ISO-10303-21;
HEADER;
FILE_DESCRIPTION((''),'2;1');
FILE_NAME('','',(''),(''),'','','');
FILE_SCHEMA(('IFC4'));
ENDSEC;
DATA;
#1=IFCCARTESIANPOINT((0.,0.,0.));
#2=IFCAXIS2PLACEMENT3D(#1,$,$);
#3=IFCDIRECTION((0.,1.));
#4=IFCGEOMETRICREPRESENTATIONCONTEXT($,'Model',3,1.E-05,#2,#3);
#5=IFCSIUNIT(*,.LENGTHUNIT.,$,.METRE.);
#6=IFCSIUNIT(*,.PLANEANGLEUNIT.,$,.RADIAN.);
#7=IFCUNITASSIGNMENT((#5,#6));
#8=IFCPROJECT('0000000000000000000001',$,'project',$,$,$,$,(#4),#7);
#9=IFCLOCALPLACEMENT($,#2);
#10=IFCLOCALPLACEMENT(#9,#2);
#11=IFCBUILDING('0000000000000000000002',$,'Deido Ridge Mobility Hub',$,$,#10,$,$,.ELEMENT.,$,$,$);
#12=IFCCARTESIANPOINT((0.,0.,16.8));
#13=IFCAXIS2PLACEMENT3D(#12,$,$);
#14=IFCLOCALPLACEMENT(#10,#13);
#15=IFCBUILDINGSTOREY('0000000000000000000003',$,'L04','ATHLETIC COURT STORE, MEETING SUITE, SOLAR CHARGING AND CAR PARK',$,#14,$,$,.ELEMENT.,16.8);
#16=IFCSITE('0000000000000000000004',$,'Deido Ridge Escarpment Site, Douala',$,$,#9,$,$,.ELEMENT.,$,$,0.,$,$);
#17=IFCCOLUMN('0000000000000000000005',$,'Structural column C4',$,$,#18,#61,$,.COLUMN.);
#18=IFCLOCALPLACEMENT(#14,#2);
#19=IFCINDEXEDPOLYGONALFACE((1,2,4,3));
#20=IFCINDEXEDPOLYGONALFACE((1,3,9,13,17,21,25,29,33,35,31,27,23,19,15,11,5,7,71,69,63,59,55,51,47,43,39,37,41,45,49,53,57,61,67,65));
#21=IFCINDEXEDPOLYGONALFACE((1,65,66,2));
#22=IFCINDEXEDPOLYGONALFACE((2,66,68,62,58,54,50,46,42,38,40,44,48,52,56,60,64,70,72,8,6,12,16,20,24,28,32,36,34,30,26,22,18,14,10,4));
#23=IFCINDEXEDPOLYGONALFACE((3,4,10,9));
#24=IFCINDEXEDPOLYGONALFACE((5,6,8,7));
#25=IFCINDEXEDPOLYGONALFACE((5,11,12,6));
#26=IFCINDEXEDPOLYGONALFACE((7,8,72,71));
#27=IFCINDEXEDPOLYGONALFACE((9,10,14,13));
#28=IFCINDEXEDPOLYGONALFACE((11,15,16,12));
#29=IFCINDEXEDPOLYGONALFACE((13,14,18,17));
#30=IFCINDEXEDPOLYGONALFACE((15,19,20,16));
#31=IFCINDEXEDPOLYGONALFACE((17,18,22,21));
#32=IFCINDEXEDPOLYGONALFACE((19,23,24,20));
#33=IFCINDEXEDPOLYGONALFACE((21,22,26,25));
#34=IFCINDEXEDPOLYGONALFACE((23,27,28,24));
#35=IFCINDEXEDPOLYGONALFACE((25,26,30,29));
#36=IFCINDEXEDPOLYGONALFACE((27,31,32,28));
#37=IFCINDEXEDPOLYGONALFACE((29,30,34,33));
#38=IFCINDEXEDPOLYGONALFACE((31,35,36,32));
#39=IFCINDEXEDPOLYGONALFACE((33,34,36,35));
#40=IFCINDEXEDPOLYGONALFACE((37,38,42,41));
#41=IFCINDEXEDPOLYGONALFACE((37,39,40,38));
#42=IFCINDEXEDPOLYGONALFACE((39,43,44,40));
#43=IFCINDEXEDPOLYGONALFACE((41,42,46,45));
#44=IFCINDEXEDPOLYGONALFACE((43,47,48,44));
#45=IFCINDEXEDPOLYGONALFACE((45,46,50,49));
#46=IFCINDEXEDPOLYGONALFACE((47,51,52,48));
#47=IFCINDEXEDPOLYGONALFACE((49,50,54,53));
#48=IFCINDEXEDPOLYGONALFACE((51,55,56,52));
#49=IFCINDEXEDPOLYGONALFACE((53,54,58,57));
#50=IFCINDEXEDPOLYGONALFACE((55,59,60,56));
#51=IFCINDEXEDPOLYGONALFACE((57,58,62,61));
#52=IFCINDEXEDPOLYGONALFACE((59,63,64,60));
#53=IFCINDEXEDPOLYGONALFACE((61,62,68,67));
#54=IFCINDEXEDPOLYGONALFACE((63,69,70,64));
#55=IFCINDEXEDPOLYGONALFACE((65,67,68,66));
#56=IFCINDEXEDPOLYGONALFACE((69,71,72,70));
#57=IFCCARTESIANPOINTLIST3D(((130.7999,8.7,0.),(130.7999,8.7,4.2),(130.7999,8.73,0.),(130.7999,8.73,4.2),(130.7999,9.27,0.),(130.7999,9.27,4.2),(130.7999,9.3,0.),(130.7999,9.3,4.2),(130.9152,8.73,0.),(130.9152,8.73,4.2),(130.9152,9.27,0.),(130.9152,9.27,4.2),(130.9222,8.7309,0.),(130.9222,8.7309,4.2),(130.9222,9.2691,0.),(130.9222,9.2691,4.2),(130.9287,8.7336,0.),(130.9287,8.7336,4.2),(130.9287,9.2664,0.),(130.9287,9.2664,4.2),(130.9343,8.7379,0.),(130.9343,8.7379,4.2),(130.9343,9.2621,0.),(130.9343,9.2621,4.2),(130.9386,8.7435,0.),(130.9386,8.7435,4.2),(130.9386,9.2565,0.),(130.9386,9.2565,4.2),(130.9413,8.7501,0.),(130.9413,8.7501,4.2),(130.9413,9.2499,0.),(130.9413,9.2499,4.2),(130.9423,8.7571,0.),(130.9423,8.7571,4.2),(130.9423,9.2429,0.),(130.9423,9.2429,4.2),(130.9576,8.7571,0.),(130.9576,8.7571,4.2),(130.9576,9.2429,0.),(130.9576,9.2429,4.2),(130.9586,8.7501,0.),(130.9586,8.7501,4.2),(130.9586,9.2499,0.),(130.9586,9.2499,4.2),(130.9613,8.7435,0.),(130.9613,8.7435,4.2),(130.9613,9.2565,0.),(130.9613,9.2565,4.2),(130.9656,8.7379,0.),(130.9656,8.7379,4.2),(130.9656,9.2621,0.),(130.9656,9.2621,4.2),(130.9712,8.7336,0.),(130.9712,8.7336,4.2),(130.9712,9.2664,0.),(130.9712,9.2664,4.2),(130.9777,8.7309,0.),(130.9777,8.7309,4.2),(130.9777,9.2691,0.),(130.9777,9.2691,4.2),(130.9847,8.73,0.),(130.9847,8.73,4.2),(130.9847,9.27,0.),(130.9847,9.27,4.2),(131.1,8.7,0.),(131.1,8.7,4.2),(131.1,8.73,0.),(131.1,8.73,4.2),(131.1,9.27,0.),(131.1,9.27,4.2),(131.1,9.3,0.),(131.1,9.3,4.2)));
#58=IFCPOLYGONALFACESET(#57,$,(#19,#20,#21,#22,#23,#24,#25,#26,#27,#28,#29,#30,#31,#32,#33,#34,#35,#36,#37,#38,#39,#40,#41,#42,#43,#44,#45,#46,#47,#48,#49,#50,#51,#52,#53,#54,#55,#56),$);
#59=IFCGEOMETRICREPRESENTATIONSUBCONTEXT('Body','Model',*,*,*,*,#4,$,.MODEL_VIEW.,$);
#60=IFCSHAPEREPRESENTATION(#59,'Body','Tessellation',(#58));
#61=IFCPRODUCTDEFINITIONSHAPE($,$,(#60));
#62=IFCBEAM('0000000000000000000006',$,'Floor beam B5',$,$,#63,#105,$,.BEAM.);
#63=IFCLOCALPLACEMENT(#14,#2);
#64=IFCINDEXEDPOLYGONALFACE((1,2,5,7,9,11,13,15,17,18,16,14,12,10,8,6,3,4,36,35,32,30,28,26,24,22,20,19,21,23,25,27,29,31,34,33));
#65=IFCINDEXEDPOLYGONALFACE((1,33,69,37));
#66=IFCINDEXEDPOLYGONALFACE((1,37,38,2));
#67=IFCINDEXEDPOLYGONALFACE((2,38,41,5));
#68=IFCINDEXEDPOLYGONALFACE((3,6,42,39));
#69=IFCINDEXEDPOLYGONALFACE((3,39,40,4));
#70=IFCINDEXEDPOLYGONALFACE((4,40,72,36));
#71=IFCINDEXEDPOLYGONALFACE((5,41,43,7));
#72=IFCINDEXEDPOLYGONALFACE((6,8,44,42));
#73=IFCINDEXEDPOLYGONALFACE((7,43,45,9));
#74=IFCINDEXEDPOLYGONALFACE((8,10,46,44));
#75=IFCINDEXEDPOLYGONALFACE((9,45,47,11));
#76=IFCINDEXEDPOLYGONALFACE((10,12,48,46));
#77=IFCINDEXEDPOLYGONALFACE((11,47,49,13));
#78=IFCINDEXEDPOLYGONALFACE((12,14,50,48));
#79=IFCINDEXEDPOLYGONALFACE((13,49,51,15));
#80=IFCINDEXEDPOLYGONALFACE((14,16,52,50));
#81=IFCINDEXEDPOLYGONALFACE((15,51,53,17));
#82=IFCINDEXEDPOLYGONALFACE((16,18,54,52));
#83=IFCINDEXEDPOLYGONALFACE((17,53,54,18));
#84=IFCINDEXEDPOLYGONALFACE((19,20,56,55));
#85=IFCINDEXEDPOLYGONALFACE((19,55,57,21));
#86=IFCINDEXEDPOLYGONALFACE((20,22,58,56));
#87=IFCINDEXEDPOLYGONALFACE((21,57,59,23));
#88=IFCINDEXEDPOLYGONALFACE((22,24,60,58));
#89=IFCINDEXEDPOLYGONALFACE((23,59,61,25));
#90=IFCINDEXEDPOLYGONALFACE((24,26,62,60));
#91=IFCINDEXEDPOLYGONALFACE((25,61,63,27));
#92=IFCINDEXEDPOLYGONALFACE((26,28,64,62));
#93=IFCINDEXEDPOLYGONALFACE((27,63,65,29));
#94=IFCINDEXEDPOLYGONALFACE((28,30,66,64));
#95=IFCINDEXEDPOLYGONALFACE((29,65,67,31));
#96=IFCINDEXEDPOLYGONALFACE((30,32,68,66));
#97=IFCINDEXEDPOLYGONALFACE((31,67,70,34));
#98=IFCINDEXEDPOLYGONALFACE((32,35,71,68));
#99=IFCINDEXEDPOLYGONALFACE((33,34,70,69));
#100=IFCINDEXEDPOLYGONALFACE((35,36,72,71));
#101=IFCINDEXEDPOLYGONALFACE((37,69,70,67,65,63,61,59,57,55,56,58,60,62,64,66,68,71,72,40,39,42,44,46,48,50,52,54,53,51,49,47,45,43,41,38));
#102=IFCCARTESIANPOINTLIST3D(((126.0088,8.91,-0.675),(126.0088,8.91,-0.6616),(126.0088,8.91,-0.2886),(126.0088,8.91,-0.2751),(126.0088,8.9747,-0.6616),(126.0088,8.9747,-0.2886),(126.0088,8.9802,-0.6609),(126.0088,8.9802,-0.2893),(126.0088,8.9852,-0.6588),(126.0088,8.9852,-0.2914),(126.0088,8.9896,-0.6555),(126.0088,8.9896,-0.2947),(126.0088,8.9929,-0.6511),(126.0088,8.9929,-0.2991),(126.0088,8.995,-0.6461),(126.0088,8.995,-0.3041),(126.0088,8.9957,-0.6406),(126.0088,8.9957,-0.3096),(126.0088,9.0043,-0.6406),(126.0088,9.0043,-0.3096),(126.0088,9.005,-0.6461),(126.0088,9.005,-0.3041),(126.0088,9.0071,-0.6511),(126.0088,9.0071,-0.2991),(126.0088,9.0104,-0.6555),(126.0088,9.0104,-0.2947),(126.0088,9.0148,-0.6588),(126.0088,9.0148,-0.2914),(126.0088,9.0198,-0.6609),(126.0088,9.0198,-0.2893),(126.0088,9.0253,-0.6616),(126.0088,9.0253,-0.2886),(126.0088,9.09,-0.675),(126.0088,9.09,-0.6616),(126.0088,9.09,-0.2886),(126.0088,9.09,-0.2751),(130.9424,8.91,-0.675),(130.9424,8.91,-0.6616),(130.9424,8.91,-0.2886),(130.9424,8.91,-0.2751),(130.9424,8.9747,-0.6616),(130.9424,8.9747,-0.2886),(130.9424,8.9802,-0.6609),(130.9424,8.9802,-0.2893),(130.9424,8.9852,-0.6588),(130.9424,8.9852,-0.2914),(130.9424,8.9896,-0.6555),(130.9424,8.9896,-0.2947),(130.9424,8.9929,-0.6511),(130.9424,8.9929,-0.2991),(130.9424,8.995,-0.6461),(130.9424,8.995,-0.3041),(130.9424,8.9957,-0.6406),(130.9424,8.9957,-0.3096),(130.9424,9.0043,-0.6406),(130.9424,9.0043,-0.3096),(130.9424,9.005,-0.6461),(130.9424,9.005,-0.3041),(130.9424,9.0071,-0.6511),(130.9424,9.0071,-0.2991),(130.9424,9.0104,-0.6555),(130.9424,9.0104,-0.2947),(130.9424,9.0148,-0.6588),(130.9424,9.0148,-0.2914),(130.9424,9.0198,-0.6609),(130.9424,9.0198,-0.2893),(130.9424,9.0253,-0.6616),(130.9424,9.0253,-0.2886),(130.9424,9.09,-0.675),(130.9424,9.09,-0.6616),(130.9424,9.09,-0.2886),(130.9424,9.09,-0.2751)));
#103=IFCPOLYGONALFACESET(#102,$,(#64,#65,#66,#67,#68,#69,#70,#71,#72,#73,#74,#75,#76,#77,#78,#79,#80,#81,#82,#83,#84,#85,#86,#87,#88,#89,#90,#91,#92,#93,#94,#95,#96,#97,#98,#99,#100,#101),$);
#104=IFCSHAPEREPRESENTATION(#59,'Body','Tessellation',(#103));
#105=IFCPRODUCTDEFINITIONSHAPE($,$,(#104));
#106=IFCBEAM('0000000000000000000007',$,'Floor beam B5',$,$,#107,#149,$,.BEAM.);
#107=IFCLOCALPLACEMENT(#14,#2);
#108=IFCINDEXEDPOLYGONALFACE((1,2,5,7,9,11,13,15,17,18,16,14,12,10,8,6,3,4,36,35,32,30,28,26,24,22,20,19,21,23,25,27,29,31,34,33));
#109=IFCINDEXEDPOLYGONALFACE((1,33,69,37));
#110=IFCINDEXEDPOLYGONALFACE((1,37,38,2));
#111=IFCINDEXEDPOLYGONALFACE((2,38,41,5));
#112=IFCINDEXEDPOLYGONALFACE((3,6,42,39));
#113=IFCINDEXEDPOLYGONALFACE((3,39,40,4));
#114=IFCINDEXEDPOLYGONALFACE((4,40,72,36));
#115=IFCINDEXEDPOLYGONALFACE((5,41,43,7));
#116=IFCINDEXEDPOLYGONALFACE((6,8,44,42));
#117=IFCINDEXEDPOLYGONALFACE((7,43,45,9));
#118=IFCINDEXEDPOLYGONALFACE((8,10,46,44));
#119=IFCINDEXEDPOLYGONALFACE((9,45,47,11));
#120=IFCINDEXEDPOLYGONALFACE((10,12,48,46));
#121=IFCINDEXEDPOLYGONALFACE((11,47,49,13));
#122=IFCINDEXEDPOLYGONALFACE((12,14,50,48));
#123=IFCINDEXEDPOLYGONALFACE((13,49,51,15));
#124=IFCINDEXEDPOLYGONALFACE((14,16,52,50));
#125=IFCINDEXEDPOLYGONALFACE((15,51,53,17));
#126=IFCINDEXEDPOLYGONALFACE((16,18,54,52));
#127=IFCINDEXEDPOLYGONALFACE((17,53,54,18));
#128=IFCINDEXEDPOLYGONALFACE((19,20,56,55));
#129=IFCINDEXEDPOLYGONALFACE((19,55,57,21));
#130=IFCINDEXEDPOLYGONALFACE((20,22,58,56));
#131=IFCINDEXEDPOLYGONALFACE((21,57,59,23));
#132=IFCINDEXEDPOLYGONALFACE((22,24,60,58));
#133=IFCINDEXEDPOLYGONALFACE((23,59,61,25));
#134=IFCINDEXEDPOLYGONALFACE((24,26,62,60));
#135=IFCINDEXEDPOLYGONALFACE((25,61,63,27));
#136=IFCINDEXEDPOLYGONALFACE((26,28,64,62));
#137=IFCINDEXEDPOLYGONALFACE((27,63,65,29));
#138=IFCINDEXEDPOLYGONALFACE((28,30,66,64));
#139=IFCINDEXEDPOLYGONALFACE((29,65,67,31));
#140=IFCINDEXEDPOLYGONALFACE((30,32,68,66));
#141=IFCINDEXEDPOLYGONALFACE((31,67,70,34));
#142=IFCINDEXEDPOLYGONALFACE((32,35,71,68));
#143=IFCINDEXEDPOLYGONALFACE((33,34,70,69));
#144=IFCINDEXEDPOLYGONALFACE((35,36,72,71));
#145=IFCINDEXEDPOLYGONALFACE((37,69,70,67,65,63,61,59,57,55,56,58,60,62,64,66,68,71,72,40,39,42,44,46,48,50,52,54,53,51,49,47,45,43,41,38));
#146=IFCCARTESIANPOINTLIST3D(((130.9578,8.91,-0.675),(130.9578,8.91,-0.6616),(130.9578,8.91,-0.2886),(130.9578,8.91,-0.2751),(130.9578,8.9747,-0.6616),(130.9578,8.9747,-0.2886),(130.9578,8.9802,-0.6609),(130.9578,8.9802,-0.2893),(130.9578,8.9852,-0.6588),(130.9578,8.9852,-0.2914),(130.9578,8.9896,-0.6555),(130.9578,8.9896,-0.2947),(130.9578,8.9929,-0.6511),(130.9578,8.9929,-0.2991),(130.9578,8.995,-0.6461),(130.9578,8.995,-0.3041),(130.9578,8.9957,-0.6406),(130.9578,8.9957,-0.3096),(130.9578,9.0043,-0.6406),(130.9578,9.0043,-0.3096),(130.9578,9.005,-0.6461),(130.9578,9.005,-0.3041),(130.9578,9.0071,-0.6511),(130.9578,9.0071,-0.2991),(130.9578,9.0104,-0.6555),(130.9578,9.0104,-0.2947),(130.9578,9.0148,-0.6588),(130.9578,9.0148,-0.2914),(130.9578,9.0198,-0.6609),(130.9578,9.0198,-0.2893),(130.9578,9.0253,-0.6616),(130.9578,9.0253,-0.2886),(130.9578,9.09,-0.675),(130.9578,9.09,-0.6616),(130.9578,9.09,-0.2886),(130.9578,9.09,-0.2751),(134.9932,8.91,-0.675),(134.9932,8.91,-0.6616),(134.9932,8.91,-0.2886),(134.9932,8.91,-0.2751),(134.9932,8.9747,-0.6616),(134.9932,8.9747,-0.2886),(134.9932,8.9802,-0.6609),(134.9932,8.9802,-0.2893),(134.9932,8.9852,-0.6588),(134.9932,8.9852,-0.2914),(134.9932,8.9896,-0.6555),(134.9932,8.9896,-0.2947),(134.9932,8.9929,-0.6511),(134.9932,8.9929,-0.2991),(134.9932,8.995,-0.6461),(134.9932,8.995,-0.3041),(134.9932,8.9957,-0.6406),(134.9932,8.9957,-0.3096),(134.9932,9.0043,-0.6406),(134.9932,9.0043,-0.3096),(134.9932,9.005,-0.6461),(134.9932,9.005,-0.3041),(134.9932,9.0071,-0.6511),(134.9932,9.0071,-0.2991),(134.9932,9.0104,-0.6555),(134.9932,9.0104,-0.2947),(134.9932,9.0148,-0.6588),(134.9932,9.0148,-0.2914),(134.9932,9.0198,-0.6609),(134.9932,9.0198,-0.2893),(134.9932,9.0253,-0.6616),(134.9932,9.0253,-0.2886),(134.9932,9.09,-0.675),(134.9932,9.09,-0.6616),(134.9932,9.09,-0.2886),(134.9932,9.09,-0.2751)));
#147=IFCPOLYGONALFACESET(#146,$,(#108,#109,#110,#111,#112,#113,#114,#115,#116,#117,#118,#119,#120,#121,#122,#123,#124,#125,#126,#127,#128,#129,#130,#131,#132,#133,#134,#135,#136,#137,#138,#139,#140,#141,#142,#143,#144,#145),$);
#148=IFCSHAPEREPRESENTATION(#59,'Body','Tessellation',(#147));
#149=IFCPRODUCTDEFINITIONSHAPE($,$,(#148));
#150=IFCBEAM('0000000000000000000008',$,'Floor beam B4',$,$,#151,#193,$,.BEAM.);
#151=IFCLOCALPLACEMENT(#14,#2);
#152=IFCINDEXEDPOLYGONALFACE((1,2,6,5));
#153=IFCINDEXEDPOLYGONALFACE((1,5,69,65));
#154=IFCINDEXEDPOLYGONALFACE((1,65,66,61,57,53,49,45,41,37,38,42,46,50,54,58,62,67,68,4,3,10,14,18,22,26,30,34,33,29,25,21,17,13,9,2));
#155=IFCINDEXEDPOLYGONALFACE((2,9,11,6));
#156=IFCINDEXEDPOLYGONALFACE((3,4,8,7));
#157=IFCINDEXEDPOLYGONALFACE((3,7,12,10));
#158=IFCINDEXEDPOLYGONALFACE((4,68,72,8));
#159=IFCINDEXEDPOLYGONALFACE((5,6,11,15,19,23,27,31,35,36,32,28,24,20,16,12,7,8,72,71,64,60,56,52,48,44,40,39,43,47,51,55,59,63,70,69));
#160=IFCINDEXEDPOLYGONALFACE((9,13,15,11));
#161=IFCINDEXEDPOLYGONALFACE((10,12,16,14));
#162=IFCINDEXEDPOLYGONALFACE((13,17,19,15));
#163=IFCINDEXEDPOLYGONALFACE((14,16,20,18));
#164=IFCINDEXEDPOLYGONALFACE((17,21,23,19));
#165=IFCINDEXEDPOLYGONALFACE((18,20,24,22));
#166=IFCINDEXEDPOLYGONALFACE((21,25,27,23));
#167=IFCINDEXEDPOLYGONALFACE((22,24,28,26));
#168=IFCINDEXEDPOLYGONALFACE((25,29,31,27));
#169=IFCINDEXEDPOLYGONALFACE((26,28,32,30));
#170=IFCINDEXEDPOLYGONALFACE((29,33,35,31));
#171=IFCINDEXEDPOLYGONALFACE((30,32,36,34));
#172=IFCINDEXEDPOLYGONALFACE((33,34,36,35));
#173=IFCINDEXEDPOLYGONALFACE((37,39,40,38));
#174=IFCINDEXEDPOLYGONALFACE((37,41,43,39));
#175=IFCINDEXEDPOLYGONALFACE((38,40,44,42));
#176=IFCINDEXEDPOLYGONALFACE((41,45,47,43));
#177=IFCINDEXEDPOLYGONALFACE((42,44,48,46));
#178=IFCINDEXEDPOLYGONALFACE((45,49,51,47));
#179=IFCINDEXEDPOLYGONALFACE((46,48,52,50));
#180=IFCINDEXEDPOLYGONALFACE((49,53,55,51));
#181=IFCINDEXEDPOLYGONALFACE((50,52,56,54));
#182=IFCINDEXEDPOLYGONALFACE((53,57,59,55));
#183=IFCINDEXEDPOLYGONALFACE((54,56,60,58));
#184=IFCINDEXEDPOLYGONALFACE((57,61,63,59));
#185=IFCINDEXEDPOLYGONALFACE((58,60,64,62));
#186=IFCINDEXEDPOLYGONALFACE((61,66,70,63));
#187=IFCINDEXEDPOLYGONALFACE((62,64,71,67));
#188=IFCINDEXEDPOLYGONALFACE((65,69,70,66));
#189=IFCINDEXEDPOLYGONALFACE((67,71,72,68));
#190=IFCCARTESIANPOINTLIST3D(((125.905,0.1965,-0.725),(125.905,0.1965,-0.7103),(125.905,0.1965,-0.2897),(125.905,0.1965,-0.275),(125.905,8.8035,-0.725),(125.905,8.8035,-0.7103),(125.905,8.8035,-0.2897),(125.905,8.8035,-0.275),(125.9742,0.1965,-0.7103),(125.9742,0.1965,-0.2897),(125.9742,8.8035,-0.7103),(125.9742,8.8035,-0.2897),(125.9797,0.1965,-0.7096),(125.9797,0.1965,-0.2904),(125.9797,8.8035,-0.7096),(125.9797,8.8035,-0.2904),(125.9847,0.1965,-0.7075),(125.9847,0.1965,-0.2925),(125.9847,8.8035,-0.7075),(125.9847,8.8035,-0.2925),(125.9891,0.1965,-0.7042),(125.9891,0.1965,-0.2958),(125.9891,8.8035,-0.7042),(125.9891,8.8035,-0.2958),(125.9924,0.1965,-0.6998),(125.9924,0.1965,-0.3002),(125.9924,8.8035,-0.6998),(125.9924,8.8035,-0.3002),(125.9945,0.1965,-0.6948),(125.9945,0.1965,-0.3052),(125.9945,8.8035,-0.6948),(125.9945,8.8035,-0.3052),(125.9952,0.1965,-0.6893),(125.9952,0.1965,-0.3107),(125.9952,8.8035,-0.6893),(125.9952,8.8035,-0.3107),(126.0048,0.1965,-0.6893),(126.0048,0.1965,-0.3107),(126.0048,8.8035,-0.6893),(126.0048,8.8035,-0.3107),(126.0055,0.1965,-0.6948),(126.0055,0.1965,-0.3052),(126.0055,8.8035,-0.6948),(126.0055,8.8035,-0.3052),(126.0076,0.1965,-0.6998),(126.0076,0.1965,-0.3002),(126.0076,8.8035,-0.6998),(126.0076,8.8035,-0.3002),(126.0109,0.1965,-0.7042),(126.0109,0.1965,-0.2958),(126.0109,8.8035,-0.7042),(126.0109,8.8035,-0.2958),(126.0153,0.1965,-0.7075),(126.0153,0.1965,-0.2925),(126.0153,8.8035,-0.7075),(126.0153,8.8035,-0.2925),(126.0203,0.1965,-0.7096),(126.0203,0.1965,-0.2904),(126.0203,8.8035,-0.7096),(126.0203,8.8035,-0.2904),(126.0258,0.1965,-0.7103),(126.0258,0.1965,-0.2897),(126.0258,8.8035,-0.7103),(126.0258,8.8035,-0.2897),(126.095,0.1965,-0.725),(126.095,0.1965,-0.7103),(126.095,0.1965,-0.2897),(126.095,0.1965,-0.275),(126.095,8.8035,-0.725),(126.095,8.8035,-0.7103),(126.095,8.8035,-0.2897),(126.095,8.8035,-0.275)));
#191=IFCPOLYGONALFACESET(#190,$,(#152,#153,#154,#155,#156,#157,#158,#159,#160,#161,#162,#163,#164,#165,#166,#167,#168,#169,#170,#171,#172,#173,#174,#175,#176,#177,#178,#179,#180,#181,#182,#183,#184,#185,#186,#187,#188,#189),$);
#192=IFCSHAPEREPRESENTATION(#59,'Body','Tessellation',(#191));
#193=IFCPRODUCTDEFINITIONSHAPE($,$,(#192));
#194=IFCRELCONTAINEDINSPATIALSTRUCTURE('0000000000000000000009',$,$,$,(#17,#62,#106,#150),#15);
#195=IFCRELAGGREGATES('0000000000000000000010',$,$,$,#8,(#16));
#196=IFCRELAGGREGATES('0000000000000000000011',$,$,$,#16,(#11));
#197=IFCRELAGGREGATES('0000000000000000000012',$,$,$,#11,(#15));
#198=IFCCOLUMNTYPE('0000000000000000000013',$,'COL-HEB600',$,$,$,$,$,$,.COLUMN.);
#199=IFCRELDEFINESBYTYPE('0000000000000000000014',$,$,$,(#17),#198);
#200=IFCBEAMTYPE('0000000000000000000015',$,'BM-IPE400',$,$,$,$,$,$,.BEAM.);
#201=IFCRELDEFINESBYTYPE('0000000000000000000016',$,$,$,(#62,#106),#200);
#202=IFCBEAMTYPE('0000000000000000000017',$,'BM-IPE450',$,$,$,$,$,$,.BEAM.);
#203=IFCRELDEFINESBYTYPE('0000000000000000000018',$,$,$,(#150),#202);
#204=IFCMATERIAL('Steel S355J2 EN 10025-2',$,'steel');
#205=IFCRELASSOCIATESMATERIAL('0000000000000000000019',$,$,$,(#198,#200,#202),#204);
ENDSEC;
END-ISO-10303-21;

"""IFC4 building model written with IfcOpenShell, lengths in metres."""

from ifc_helpers import new_model, si_unit, direction, frame, origin, origin_2d, place, context, subcontext, project, spatial, i_section, extrude, material, material_profile, profile_set, type_object, element, save


model = new_model("IFC4")

# Units and contexts
model_context = context("Model", 3, precision=1e-05, world=origin(), true_north=direction((0.0, 1.0)))
body_context = subcontext(model_context, "Body", "Model", "MODEL_VIEW")
ifc_project = project(units=[si_unit("LENGTHUNIT", "METRE"), si_unit("PLANEANGLEUNIT", "RADIAN")], contexts=[model_context])

# Site, building, storey
site_placement = place(None, origin())
site = spatial("IfcSite", under=ifc_project, at=site_placement, Name="Deido Ridge Escarpment Site, Douala", CompositionType="ELEMENT", RefElevation=0.0)
building_placement = place(site_placement, origin())
building = spatial("IfcBuilding", under=site, at=building_placement, Name="Deido Ridge Mobility Hub", CompositionType="ELEMENT")
storey_placement = place(building_placement, frame((0.0, 0.0, 16.8)))
storey = spatial("IfcBuildingStorey", under=building, at=storey_placement, Name="L04", Description="ATHLETIC COURT STORE, MEETING SUITE, SOLAR CHARGING AND CAR PARK", CompositionType="ELEMENT", Elevation=16.8)

# Column
ifc_material_1 = material(Name="Steel S355J2 EN 10025-2", Category="steel")
ifc_material_profile_1 = material_profile(ifc_material_1, i_section(OverallWidth=0.3, OverallDepth=0.6001, WebThickness=0.0154, FlangeThickness=0.03, FilletRadius=0.0271, at=origin_2d()), Name="HEB 600")
ifc_profile_set_1 = profile_set([ifc_material_profile_1], Name="Steel S355J2 EN 10025-2")
column_type_1 = type_object("IfcColumnType", Name="COL-HEB600", PredefinedType="COLUMN", material=ifc_profile_set_1)
for number, where, z_axis, x_axis, name in (
    (1, (130.95, 9.0, 0.0), (0.0, 0.0, 1.0), (1.0, 0.0, 0.0), "Structural column C4"),
):
    element("IfcColumn", number, at=place(storey_placement, frame(where, z_axis=z_axis, x_axis=x_axis)), inside=storey, type_object=column_type_1, Name=name, PredefinedType="COLUMN", context=body_context, shape_type="SweptSolid", body=[
        extrude(i_section(OverallWidth=0.3, OverallDepth=0.6001, WebThickness=0.0154, FlangeThickness=0.03, FilletRadius=0.0271, at=origin_2d()), origin(), (0.0, 0.0, 1.0), 4.2),
    ])

# Beams
ifc_material_profile_2 = material_profile(ifc_material_1, i_section(OverallWidth=0.1799, OverallDepth=0.3999, WebThickness=0.0085, FlangeThickness=0.0134, FilletRadius=0.021, at=origin_2d()), Name="IPE 400")
ifc_profile_set_2 = profile_set([ifc_material_profile_2], Name="Steel S355J2 EN 10025-2")
beam_type_1 = type_object("IfcBeamType", Name="BM-IPE400", PredefinedType="BEAM", material=ifc_profile_set_2)
beam_1_placement = place(storey_placement, frame((126.0088, 9.0, -0.4751), z_axis=(1.0, 0.0, 0.0), x_axis=(0.0, 1.0, 0.0)))
element("IfcBeam", 2, at=beam_1_placement, inside=storey, type_object=beam_type_1, Name="Floor beam B5", PredefinedType="BEAM", context=body_context, shape_type="SweptSolid", body=[
    extrude(i_section(OverallWidth=0.1799, OverallDepth=0.3999, WebThickness=0.0085, FlangeThickness=0.0134, FilletRadius=0.021, at=origin_2d()), origin(), (0.0, 0.0, 1.0), 4.9336),
])
beam_2_placement = place(storey_placement, frame((130.9578, 9.0, -0.4751), z_axis=(1.0, 0.0, 0.0), x_axis=(0.0, 1.0, 0.0)))
element("IfcBeam", 3, at=beam_2_placement, inside=storey, type_object=beam_type_1, Name="Floor beam B5", PredefinedType="BEAM", context=body_context, shape_type="SweptSolid", body=[
    extrude(i_section(OverallWidth=0.1799, OverallDepth=0.3999, WebThickness=0.0085, FlangeThickness=0.0134, FilletRadius=0.021, at=origin_2d()), origin(), (0.0, 0.0, 1.0), 4.0354),
])
ifc_material_profile_3 = material_profile(ifc_material_1, i_section(OverallWidth=0.1899, OverallDepth=0.45, WebThickness=0.0095, FlangeThickness=0.0146, FilletRadius=0.021, at=origin_2d()), Name="IPE 450")
ifc_profile_set_3 = profile_set([ifc_material_profile_3], Name="Steel S355J2 EN 10025-2")
beam_type_2 = type_object("IfcBeamType", Name="BM-IPE450", PredefinedType="BEAM", material=ifc_profile_set_3)
beam_3_placement = place(storey_placement, frame((126.0, 0.1965, -0.5), z_axis=(0.0, 1.0, 0.0), x_axis=(-1.0, 0.0, 0.0)))
element("IfcBeam", 4, at=beam_3_placement, inside=storey, type_object=beam_type_2, Name="Floor beam B4", PredefinedType="BEAM", context=body_context, shape_type="SweptSolid", body=[
    extrude(i_section(OverallWidth=0.1899, OverallDepth=0.45, WebThickness=0.0095, FlangeThickness=0.0146, FilletRadius=0.021, at=origin_2d()), origin(), (0.0, 0.0, 1.0), 8.6069),
])

save(model, "model.ifc")
